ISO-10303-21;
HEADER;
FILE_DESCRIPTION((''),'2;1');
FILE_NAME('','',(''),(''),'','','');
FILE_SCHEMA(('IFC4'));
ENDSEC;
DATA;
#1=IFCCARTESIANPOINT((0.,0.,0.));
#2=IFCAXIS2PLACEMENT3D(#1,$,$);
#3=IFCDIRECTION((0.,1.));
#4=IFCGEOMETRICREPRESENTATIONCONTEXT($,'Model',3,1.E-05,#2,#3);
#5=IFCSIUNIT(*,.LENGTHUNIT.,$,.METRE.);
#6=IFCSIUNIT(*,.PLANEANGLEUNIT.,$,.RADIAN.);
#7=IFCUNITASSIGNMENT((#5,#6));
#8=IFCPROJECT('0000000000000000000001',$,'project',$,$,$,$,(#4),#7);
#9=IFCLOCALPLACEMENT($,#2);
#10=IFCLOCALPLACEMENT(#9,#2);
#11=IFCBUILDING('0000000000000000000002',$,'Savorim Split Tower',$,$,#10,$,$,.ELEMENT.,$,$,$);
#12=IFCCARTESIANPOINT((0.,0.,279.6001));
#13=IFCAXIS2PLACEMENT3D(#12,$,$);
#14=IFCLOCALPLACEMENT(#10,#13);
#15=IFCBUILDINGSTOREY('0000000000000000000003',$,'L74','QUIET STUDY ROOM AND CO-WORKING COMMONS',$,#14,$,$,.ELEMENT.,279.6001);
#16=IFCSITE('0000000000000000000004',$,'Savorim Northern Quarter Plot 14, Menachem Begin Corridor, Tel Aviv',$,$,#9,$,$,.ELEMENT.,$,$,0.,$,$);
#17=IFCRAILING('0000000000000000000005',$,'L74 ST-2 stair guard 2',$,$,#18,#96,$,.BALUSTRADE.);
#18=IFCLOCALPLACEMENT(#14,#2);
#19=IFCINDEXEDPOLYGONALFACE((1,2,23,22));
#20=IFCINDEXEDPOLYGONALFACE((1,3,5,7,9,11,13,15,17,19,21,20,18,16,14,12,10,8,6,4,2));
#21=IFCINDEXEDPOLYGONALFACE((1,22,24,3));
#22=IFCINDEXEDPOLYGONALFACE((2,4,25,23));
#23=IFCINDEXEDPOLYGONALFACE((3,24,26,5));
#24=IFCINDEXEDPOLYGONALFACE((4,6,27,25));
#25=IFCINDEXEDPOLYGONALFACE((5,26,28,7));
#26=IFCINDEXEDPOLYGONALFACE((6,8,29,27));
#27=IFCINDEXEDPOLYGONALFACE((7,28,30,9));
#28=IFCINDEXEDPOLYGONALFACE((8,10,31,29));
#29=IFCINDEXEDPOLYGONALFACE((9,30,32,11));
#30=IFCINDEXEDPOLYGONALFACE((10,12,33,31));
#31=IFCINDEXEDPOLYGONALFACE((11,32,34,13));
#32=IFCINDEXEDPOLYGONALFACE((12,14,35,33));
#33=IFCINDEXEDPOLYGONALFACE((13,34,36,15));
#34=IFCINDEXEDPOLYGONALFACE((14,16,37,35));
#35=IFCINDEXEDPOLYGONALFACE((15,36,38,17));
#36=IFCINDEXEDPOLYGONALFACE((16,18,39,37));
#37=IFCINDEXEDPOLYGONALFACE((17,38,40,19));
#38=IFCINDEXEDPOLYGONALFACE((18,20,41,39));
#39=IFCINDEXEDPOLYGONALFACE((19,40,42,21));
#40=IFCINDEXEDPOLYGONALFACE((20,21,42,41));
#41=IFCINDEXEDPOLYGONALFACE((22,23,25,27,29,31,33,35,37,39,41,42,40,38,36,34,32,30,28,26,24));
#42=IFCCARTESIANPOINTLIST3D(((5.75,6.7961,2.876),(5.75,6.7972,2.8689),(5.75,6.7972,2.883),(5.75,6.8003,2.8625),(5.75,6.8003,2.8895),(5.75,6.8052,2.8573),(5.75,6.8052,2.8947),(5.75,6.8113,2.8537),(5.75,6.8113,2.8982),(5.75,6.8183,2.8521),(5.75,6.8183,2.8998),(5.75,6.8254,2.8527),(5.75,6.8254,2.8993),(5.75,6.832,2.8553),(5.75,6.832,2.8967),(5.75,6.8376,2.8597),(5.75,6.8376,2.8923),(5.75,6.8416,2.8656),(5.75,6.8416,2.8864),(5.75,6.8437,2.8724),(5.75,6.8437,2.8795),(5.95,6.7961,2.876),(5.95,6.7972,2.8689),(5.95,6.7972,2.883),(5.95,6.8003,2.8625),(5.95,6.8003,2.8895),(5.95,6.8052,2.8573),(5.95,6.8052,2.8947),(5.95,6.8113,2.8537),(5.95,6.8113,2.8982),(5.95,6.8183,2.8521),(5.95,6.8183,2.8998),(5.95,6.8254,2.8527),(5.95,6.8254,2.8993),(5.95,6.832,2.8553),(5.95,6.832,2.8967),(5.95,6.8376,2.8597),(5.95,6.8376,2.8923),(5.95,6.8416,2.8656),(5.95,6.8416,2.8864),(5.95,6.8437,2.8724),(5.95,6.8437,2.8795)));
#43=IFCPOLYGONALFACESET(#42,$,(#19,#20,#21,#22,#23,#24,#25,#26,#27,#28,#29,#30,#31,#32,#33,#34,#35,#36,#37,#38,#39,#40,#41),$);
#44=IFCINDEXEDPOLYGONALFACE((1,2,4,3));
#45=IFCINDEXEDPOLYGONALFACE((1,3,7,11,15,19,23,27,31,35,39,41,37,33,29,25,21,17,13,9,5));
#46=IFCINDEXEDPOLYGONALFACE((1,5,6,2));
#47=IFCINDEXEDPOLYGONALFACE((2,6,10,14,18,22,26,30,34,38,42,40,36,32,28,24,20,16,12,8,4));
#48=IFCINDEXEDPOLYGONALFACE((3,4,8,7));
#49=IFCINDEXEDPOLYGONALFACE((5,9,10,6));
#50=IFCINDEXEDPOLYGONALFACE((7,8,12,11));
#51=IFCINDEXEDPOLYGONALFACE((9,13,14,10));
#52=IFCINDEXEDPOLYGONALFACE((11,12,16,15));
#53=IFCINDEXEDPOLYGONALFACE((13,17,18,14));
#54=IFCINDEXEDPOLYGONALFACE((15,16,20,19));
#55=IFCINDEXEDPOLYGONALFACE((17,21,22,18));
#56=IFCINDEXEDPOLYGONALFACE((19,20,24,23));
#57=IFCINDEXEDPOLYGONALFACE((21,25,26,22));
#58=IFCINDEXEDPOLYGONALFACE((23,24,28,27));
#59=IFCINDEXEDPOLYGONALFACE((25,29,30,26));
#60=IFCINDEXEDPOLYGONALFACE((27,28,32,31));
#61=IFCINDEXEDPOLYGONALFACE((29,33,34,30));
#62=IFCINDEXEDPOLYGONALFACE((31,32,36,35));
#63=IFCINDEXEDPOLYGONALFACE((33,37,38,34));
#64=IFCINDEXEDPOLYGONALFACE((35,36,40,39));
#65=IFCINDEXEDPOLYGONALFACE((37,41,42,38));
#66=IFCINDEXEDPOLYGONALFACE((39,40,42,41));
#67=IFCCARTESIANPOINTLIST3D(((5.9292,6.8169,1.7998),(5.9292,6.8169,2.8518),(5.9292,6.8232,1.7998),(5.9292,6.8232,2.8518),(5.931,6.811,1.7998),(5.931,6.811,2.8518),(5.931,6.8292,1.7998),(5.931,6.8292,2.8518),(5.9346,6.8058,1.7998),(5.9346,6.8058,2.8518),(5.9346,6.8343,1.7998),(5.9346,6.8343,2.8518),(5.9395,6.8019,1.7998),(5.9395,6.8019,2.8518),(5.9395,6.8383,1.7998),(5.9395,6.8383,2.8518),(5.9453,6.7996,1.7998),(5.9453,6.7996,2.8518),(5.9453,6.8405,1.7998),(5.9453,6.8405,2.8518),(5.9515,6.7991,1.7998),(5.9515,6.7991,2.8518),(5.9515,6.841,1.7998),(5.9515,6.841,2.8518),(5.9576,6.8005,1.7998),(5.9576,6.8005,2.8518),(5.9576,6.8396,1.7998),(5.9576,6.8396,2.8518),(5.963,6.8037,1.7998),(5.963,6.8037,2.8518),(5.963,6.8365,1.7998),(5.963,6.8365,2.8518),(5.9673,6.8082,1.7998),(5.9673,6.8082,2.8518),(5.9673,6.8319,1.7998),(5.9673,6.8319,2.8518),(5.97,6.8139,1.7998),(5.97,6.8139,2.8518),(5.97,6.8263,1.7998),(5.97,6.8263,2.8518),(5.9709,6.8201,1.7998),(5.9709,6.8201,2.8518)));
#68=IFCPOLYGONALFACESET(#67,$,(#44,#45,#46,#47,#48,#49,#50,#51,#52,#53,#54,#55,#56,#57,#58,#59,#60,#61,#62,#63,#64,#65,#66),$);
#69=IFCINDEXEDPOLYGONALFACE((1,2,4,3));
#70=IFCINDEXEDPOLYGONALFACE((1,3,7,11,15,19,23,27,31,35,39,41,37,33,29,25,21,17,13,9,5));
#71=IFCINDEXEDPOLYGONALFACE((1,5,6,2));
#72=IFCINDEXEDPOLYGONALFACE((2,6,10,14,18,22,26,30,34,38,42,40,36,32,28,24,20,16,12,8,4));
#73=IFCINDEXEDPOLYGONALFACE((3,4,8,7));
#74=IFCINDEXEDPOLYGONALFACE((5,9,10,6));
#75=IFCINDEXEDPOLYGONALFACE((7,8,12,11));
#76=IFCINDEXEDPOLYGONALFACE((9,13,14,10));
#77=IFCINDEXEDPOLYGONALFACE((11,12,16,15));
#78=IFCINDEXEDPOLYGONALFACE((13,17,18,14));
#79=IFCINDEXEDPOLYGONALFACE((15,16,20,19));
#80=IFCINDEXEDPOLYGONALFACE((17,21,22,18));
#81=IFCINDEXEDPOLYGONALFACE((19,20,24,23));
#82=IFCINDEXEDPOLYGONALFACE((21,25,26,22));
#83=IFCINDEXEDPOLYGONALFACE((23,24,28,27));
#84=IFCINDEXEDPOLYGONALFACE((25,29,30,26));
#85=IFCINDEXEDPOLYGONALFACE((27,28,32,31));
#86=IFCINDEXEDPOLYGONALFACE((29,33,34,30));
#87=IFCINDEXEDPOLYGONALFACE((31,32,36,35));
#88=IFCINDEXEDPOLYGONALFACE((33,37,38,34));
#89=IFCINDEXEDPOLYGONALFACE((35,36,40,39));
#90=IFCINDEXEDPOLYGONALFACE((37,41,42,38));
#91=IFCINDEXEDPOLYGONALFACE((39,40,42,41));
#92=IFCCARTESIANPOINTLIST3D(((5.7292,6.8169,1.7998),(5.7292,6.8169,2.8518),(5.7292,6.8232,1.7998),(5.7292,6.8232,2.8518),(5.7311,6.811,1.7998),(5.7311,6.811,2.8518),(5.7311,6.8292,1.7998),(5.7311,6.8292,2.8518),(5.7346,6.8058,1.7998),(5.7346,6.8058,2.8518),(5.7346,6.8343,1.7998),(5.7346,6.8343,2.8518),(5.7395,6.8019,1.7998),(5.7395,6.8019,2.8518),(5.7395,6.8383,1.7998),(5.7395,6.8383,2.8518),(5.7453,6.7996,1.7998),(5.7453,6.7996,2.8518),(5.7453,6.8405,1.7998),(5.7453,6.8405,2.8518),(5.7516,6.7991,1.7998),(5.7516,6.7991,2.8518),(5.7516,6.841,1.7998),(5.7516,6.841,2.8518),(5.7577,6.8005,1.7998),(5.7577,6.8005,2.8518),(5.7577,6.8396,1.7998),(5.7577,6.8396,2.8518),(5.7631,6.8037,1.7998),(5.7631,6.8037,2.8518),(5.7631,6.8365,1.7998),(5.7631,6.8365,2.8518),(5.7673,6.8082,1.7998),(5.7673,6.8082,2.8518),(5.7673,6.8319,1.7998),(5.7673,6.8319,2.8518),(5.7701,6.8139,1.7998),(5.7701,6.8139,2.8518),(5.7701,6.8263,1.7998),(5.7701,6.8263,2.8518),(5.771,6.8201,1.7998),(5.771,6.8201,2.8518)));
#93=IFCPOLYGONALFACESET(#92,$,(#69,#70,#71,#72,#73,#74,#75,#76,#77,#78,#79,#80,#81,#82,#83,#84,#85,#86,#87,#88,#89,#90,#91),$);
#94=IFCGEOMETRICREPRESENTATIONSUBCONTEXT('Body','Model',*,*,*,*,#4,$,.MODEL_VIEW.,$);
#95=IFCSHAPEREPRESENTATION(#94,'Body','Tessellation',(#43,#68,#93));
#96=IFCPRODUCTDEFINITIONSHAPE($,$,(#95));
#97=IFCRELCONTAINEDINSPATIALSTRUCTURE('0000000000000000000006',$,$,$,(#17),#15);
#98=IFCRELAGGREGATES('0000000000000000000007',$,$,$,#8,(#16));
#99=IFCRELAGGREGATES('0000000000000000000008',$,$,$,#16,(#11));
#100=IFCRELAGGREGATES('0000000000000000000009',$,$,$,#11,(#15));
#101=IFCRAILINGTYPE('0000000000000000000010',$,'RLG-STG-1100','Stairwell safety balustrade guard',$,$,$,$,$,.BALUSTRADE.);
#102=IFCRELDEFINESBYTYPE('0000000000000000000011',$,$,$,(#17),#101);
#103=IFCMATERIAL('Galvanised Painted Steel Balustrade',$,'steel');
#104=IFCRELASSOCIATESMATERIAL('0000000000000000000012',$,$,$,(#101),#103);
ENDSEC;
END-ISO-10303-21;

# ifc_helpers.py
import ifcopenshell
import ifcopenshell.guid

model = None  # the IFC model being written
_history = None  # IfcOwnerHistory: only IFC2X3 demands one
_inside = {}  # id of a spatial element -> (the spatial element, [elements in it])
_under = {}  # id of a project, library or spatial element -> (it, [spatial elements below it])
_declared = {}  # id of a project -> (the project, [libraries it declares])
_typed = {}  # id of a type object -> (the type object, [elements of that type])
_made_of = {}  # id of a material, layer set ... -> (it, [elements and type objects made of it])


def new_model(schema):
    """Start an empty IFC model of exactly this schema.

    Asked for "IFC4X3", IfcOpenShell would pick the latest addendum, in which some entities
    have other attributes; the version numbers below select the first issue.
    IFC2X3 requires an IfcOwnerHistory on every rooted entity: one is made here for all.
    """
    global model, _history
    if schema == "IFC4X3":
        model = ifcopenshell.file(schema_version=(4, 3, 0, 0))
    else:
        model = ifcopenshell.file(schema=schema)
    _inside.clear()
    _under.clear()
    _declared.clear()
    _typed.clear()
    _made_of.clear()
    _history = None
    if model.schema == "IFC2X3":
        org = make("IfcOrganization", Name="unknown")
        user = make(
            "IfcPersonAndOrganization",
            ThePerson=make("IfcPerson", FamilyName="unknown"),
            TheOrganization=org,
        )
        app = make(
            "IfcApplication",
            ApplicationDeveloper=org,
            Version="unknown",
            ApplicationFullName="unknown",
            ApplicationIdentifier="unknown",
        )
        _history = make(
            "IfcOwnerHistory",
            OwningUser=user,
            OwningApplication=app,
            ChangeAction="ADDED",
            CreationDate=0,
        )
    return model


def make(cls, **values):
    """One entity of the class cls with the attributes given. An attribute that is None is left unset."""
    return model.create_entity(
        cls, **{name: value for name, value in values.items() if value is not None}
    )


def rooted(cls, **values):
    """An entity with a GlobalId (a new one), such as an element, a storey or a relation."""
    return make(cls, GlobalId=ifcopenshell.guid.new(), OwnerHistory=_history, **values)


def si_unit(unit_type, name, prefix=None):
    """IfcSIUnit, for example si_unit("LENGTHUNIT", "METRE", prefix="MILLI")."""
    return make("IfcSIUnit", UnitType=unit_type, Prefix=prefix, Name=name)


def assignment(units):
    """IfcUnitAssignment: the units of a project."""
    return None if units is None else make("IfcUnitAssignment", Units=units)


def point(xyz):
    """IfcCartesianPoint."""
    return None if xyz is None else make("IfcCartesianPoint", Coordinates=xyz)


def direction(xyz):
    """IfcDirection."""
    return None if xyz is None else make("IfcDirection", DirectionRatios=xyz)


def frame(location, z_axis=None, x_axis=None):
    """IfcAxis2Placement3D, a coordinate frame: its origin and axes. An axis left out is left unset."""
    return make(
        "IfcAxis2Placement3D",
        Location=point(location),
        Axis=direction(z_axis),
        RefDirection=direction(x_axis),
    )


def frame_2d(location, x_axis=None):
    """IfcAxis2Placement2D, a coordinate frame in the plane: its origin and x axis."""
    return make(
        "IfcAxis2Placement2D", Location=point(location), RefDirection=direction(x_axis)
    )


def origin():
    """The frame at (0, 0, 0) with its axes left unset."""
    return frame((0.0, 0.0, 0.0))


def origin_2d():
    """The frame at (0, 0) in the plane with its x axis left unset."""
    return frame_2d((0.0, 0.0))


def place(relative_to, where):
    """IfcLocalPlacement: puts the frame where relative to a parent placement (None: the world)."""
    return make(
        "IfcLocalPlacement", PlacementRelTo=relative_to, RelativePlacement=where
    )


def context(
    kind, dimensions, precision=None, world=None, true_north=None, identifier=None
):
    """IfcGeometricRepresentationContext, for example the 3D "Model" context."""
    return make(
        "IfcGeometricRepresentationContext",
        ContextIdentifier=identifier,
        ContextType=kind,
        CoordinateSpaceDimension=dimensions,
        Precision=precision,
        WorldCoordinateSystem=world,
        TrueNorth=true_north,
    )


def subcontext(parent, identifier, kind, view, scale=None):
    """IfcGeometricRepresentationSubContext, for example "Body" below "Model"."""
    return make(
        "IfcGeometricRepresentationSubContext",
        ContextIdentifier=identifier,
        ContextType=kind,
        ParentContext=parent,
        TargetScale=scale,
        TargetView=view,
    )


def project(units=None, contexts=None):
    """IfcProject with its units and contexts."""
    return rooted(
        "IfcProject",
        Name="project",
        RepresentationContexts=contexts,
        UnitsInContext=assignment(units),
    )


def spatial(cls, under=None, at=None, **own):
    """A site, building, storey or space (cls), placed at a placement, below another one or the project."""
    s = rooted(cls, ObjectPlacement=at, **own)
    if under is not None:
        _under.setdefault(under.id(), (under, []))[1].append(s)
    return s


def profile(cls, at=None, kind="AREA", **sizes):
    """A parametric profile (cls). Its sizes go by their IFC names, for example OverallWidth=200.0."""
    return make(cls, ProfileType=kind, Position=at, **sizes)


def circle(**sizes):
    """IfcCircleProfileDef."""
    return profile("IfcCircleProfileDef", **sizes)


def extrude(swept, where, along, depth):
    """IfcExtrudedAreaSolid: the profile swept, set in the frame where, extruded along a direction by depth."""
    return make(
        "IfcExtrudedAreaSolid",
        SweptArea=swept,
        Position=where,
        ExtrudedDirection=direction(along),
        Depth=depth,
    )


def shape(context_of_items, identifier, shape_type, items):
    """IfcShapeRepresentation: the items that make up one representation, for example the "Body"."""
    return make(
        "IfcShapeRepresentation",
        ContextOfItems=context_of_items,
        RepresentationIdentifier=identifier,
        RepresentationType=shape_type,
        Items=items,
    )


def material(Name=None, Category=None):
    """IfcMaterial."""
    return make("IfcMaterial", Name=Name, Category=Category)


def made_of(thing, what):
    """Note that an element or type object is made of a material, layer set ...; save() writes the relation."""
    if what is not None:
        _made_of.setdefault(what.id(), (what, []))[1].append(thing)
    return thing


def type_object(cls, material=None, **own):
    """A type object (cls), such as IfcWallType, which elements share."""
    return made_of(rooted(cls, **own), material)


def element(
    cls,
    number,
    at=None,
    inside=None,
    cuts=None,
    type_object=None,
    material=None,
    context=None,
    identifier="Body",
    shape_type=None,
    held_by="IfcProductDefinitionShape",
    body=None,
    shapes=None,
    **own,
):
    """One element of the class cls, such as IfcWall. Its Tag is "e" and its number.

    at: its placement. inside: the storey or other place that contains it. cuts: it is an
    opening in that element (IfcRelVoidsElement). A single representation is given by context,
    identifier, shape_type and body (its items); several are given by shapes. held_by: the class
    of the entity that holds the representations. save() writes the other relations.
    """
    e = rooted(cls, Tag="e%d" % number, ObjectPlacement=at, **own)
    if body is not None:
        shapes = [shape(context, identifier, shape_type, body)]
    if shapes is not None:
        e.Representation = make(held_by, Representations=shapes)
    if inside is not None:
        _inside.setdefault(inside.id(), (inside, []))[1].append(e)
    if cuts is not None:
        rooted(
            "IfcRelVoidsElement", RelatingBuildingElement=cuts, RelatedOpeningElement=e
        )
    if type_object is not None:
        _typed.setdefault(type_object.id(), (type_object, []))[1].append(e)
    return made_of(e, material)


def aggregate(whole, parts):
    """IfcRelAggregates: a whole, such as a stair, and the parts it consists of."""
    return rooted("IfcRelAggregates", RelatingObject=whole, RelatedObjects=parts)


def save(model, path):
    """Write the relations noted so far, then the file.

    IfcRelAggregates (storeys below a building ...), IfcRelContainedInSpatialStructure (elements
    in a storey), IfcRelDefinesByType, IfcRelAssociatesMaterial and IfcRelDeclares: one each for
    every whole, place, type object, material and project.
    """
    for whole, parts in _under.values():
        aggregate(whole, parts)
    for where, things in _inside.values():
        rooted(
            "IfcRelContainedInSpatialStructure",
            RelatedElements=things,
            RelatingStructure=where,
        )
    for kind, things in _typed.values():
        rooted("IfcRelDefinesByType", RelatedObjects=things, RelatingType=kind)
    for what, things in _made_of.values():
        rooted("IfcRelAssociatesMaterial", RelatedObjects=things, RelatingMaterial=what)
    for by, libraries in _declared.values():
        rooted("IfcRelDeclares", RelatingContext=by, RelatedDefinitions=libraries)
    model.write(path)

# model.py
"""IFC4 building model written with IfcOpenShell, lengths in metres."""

from ifc_helpers import new_model, si_unit, direction, frame, origin, origin_2d, place, context, subcontext, project, spatial, circle, extrude, material, type_object, element, save


model = new_model("IFC4")

# Units and contexts
model_context = context("Model", 3, precision=1e-05, world=origin(), true_north=direction((0.0, 1.0)))
body_context = subcontext(model_context, "Body", "Model", "MODEL_VIEW")
ifc_project = project(units=[si_unit("LENGTHUNIT", "METRE"), si_unit("PLANEANGLEUNIT", "RADIAN")], contexts=[model_context])

# Site, building, storey
site_placement = place(None, origin())
site = spatial("IfcSite", under=ifc_project, at=site_placement, Name="Savorim Northern Quarter Plot 14, Menachem Begin Corridor, Tel Aviv", CompositionType="ELEMENT", RefElevation=0.0)
building_placement = place(site_placement, origin())
building = spatial("IfcBuilding", under=site, at=building_placement, Name="Savorim Split Tower", CompositionType="ELEMENT")
storey_placement = place(building_placement, frame((0.0, 0.0, 279.6001)))
storey = spatial("IfcBuildingStorey", under=building, at=storey_placement, Name="L74", Description="QUIET STUDY ROOM AND CO-WORKING COMMONS", CompositionType="ELEMENT", Elevation=279.6001)

# Railing
ifc_material_1 = material(Name="Galvanised Painted Steel Balustrade", Category="steel")
railing_type_1 = type_object("IfcRailingType", Name="RLG-STG-1100", Description="Stairwell safety balustrade guard", PredefinedType="BALUSTRADE", material=ifc_material_1)
railing_1_placement = place(storey_placement, frame((5.95, 6.8201, 1.7998)))
element("IfcRailing", 1, at=railing_1_placement, inside=storey, type_object=railing_type_1, Name="L74 ST-2 stair guard 2", PredefinedType="BALUSTRADE", context=body_context, shape_type="SweptSolid", body=[
    extrude(circle(Radius=0.0239, at=origin_2d()), frame((0.0, 0.0, 1.0762), z_axis=(-1.0, 0.0, 0.0), x_axis=(0.0, -1.0, 0.0)), (0.0, 0.0, 1.0), 0.2),
    extrude(circle(Radius=0.021, at=origin_2d()), origin(), (0.0, 0.0, 1.0), 1.052),
    extrude(circle(Radius=0.021, at=origin_2d()), frame((-0.2, 0.0, 0.0)), (0.0, 0.0, 1.0), 1.052),
])

save(model, "model.ifc")
